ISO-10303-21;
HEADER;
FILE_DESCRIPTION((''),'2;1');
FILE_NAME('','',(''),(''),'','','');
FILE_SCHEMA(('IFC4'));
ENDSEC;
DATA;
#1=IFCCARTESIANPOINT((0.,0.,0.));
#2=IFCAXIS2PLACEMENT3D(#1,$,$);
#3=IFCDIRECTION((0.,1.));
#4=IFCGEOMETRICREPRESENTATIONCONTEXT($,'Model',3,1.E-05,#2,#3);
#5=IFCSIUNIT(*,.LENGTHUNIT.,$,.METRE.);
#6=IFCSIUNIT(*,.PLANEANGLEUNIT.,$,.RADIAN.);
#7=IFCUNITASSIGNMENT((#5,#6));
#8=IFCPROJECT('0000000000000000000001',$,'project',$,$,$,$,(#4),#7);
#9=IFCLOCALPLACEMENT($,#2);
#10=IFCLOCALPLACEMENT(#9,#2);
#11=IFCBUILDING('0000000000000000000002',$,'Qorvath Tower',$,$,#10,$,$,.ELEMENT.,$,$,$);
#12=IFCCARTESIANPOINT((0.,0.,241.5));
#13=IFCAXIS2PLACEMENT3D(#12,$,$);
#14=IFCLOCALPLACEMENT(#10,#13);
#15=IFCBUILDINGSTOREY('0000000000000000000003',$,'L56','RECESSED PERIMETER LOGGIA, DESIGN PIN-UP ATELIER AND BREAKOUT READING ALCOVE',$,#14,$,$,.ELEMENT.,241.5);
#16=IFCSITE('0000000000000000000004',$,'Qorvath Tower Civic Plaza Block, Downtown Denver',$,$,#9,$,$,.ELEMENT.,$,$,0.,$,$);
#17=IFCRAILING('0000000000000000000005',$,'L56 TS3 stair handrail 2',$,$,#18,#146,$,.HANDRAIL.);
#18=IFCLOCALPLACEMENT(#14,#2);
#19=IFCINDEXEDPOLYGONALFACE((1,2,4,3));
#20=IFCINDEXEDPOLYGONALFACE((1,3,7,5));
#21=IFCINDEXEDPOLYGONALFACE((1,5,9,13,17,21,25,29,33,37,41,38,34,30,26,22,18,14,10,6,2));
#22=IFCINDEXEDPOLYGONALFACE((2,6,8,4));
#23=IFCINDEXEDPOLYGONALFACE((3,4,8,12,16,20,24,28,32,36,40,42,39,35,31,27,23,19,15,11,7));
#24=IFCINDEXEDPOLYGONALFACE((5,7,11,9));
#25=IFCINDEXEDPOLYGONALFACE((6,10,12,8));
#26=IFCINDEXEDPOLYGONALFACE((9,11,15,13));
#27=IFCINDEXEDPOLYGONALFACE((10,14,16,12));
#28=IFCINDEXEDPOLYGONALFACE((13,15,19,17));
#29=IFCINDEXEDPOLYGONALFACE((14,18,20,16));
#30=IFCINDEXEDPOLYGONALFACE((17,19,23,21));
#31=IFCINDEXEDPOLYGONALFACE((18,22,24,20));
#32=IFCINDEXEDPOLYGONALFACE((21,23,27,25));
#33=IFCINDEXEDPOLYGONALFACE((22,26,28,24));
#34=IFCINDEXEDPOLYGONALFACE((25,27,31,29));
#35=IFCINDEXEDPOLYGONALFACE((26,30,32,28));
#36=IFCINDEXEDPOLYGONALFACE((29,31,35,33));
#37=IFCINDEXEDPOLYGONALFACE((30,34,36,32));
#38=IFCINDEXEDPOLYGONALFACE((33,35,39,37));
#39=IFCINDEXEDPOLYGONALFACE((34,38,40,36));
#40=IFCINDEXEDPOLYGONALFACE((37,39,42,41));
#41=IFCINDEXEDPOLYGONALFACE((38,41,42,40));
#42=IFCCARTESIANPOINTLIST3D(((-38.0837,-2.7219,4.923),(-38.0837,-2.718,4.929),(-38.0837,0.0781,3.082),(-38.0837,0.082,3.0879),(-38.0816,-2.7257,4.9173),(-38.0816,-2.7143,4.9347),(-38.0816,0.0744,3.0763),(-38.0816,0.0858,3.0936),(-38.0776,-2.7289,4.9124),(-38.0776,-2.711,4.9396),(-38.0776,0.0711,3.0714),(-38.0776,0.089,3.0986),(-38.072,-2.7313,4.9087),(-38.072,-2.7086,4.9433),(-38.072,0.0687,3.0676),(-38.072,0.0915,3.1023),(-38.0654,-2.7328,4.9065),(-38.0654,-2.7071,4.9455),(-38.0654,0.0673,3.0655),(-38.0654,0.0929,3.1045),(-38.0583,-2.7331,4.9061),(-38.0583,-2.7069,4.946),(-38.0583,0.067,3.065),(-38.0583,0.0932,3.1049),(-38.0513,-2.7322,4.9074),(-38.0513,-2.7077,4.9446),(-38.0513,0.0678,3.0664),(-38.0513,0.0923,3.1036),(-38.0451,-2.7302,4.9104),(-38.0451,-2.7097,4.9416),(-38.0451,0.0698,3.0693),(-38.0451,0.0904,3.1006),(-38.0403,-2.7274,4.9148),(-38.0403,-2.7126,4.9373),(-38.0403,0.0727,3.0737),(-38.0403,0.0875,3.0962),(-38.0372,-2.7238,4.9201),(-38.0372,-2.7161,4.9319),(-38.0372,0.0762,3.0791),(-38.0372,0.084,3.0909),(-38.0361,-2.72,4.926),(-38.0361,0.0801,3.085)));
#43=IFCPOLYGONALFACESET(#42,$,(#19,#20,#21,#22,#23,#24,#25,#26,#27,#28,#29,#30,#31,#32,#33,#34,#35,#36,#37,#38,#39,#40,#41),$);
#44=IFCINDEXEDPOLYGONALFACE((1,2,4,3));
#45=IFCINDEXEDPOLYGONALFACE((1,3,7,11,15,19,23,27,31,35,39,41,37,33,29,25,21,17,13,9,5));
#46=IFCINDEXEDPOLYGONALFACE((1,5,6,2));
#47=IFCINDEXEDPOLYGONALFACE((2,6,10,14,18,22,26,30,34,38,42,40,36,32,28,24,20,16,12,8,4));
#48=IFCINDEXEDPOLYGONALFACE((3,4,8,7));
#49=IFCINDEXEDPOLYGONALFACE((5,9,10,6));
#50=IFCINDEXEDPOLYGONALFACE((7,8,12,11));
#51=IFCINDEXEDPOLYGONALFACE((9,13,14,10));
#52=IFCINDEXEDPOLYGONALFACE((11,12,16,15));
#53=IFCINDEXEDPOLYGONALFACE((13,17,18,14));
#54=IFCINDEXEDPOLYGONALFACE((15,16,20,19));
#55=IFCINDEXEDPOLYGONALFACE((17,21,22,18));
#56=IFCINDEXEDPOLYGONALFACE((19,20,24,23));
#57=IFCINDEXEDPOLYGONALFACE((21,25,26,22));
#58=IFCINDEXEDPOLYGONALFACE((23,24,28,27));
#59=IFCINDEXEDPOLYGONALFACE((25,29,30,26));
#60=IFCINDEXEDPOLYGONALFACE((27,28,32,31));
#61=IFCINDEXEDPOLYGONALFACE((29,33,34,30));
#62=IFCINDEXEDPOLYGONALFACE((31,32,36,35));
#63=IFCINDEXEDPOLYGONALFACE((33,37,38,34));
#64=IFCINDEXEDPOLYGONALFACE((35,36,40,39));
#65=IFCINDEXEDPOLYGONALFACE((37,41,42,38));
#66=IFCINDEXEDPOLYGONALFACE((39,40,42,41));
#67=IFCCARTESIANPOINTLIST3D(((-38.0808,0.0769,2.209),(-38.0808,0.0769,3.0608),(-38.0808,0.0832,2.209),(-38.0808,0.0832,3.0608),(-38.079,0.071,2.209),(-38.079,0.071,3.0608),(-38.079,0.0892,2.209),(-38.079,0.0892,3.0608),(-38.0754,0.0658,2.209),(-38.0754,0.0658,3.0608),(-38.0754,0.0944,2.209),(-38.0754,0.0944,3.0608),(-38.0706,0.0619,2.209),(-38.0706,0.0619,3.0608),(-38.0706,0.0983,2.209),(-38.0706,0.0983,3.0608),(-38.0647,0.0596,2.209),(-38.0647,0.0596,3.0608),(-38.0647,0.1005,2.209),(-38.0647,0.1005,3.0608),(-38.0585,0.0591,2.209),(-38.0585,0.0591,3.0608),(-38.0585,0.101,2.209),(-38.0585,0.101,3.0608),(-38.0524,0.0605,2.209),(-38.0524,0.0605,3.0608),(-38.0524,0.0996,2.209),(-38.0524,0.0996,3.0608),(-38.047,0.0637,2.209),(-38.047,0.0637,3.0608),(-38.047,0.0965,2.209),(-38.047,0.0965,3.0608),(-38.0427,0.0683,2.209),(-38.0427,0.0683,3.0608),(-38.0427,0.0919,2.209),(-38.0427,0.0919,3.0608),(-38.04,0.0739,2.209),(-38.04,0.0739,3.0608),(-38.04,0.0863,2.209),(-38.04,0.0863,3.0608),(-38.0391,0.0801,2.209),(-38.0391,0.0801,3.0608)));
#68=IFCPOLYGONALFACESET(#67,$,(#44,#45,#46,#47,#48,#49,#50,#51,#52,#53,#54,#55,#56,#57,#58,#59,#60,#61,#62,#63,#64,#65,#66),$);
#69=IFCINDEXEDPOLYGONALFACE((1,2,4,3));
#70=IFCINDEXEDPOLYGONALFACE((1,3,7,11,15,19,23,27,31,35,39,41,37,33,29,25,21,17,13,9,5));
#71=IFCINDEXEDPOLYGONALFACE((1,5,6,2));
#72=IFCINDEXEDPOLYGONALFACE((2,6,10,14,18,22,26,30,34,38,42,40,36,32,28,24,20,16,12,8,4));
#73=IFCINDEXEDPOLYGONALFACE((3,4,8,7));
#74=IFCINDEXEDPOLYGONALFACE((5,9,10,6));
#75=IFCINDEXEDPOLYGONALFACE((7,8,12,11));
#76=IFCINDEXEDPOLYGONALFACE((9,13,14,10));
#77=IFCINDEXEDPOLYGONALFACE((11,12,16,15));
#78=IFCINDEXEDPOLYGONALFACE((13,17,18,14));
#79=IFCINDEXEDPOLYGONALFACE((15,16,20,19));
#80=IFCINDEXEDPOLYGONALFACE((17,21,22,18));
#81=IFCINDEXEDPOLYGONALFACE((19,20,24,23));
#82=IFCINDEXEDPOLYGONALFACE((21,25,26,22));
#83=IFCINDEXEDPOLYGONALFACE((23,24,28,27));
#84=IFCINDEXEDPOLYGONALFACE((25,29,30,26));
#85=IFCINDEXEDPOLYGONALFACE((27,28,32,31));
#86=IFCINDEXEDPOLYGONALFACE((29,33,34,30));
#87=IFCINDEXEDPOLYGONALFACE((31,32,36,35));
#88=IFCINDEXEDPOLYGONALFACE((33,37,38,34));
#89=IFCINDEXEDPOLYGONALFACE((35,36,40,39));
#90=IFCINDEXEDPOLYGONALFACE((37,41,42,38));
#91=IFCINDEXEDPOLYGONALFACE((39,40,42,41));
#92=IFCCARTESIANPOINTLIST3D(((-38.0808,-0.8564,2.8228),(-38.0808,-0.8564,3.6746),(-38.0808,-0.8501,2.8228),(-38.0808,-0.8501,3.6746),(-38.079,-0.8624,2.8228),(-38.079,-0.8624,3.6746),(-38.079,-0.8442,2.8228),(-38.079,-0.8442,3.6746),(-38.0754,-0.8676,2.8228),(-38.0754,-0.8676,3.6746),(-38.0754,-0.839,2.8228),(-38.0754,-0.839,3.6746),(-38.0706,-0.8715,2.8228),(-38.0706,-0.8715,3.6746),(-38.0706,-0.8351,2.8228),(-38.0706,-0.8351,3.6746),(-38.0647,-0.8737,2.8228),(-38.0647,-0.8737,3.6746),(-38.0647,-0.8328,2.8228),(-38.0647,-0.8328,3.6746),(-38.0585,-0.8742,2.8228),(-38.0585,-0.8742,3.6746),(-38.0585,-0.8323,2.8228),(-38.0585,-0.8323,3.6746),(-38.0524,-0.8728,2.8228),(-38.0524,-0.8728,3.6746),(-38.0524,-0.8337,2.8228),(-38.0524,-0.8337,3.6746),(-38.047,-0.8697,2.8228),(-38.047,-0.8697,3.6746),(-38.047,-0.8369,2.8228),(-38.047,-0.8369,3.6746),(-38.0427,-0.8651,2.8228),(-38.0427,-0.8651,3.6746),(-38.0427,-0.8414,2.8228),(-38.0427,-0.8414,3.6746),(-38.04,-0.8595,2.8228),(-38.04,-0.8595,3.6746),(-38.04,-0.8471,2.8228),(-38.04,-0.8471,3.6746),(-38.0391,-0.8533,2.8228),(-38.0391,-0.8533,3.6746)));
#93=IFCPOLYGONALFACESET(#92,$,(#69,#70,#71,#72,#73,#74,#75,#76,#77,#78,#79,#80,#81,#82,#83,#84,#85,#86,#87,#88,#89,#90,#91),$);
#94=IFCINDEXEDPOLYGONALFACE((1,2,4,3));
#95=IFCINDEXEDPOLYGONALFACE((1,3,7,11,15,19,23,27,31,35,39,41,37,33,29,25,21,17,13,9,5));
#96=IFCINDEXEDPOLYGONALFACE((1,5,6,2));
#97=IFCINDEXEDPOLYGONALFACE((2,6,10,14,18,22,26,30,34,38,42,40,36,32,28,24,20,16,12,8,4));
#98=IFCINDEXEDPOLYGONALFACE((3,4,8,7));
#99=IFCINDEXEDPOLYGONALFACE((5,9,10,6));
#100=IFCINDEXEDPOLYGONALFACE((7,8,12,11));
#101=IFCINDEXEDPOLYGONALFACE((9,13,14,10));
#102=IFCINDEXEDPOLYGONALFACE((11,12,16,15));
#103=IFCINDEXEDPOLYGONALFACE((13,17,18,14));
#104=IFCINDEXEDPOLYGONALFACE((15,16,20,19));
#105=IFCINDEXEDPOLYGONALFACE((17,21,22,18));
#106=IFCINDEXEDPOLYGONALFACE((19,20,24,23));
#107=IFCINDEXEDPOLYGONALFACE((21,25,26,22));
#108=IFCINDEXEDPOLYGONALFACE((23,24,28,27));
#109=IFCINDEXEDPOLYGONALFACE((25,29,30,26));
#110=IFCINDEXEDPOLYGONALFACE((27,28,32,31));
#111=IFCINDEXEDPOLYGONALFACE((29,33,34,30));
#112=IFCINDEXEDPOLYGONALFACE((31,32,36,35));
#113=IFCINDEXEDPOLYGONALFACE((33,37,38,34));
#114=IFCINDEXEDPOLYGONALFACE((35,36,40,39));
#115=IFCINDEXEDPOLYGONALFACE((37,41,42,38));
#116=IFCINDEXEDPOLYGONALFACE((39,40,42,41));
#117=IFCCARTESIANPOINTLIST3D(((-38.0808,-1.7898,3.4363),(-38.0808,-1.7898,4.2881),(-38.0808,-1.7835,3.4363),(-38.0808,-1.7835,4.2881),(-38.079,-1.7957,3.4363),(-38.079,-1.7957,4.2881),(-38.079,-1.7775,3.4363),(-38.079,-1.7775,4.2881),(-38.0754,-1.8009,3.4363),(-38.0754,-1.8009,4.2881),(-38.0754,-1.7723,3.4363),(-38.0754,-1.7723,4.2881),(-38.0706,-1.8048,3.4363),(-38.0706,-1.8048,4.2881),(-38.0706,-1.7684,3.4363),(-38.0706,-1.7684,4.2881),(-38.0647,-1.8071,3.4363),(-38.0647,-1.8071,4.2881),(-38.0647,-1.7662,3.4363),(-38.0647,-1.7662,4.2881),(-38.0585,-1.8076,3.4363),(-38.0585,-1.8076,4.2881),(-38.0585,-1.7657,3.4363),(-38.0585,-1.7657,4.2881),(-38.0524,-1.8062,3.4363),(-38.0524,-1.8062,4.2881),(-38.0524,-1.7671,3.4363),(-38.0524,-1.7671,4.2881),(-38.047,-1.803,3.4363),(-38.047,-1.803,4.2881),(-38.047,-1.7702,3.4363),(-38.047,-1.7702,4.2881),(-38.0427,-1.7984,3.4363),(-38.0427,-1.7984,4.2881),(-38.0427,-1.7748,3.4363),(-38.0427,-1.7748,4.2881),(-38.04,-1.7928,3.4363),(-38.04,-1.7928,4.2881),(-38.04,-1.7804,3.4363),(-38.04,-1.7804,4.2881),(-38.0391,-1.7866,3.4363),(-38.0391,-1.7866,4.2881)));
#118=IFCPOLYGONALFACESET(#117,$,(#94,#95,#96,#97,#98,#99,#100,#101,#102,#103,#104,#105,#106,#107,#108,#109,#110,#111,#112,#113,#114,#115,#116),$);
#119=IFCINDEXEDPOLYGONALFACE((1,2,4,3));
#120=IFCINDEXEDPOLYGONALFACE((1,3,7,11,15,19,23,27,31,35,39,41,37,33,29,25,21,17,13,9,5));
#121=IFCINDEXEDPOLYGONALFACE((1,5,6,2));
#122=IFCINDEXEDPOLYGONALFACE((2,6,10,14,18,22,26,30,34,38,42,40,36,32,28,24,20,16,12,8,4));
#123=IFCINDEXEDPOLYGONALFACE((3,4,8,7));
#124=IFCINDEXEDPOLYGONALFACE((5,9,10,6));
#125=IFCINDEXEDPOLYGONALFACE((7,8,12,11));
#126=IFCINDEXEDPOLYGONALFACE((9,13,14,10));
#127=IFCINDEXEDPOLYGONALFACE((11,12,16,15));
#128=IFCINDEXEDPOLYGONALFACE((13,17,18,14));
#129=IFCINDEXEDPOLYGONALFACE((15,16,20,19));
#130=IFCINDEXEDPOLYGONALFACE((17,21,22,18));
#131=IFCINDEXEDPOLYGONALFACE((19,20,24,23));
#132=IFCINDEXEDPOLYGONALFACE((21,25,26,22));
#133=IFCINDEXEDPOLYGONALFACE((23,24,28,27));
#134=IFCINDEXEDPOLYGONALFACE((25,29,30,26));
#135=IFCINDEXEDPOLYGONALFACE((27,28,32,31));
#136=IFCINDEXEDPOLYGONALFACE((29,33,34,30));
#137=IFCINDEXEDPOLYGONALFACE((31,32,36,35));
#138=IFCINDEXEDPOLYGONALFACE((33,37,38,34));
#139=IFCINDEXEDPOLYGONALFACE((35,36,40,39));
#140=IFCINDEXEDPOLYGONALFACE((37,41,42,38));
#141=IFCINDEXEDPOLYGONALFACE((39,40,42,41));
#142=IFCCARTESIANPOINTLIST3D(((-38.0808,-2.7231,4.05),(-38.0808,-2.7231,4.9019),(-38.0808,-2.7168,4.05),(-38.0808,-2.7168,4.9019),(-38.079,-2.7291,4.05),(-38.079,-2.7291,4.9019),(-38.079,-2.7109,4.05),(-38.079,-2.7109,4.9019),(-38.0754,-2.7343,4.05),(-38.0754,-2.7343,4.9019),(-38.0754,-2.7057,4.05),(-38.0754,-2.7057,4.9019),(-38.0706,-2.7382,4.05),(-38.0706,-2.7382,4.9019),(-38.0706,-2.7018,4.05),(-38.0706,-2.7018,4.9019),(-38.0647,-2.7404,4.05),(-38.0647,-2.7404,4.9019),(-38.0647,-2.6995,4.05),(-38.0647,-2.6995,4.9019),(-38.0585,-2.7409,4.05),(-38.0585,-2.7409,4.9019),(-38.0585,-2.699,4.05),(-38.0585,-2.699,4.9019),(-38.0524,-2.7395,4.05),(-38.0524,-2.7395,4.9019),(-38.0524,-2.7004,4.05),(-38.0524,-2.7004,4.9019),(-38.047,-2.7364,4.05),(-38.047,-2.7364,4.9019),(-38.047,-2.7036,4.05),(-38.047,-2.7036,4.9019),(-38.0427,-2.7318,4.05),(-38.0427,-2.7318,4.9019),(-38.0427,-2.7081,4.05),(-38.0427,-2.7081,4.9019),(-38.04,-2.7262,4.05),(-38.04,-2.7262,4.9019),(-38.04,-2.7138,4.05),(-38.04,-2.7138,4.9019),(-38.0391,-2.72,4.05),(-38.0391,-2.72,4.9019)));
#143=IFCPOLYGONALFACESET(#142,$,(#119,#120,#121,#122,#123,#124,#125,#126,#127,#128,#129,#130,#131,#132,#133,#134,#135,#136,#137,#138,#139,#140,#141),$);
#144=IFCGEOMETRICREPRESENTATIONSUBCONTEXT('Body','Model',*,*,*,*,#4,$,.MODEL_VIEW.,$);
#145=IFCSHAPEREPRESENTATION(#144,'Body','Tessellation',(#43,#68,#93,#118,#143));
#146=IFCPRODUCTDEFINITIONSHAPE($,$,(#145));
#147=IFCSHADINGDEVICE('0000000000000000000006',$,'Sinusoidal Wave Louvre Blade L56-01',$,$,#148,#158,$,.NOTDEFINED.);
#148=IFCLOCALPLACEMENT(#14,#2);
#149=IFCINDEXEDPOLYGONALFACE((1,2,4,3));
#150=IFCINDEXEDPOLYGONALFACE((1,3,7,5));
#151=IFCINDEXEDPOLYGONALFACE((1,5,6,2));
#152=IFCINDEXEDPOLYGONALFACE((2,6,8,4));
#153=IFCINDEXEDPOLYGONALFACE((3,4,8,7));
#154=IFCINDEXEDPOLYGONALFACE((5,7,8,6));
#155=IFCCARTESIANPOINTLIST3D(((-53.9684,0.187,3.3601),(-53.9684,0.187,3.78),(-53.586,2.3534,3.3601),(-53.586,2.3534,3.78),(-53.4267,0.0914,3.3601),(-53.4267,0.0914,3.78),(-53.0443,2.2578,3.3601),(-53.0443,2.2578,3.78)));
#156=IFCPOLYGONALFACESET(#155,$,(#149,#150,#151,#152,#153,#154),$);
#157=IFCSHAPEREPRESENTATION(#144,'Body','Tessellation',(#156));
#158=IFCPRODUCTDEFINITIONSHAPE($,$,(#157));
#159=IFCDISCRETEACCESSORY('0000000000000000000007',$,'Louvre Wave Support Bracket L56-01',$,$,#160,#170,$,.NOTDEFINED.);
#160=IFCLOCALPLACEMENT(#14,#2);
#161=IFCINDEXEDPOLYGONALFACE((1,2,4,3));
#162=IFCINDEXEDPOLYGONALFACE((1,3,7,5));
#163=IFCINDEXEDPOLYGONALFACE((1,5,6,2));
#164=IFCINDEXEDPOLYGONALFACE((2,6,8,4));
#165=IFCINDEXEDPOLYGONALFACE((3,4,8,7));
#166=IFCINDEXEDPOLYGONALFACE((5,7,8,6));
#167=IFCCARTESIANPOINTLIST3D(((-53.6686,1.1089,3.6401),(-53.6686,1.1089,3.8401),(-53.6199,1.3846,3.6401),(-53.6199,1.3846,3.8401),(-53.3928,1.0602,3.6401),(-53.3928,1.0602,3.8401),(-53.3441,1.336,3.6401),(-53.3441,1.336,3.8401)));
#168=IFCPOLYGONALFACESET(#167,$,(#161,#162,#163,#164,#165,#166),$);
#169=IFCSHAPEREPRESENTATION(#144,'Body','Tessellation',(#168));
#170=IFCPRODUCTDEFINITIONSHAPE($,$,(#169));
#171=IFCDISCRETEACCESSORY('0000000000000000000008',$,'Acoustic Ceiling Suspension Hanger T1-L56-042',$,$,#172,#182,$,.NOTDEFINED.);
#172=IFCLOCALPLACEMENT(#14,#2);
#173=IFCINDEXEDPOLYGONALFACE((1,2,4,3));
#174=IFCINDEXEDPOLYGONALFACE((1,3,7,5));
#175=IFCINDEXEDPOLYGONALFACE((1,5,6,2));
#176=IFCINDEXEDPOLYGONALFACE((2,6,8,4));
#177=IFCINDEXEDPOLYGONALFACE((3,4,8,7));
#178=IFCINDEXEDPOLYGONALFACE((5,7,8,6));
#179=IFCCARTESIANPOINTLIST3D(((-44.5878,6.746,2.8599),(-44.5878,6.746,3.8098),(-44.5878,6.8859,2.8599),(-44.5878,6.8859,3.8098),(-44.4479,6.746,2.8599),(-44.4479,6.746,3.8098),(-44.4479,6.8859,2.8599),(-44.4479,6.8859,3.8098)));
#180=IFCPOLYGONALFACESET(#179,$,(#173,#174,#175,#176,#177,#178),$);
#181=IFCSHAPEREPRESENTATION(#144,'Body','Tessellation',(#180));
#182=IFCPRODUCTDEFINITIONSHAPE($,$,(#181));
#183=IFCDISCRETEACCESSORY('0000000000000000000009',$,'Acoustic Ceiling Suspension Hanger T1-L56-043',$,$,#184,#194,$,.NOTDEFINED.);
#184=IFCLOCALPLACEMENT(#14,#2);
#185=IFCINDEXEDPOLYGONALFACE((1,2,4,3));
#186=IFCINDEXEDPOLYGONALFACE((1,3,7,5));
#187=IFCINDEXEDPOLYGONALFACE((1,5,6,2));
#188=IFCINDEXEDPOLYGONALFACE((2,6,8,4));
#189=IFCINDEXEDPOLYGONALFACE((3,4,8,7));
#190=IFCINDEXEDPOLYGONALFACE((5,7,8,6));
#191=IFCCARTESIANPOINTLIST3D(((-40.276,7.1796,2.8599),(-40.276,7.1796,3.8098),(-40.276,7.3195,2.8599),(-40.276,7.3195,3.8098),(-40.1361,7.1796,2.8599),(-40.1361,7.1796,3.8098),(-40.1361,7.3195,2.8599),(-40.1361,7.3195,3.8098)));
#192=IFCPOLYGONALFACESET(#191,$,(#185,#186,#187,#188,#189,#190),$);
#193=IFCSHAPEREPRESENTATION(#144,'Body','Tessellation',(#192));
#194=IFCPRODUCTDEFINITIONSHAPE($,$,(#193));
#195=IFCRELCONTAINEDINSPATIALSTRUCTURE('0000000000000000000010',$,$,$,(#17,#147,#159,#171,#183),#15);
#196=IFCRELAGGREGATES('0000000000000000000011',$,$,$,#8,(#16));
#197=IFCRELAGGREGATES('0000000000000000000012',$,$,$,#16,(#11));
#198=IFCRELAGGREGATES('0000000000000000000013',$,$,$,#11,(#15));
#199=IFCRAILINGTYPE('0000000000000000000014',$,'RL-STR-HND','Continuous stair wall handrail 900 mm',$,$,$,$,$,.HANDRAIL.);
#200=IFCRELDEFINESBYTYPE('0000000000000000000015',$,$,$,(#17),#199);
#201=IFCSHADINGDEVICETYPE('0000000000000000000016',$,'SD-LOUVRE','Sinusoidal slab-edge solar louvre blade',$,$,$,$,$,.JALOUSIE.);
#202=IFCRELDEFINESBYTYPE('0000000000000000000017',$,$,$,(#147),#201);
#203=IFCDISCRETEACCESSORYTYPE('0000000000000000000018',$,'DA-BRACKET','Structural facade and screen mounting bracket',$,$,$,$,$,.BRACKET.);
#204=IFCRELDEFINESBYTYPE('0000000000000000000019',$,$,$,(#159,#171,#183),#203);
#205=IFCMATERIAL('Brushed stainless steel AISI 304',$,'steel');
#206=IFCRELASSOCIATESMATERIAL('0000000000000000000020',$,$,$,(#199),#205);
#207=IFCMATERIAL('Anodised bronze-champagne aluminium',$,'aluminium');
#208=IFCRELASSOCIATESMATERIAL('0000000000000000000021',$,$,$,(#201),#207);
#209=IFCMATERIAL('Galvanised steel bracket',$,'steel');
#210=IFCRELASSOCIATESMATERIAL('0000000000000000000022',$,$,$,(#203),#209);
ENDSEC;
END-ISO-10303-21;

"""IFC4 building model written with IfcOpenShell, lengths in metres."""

from ifc_helpers import new_model, si_unit, direction, frame, origin, origin_2d, place, context, subcontext, project, spatial, rectangle, circle, extrude, material, type_object, element, save


model = new_model("IFC4")

# Units and contexts
model_context = context("Model", 3, precision=1e-05, world=origin(), true_north=direction((0.0, 1.0)))
body_context = subcontext(model_context, "Body", "Model", "MODEL_VIEW")
ifc_project = project(units=[si_unit("LENGTHUNIT", "METRE"), si_unit("PLANEANGLEUNIT", "RADIAN")], contexts=[model_context])

# Site, building, storey
site_placement = place(None, origin())
site = spatial("IfcSite", under=ifc_project, at=site_placement, Name="Qorvath Tower Civic Plaza Block, Downtown Denver", CompositionType="ELEMENT", RefElevation=0.0)
building_placement = place(site_placement, origin())
building = spatial("IfcBuilding", under=site, at=building_placement, Name="Qorvath Tower", CompositionType="ELEMENT")
storey_placement = place(building_placement, frame((0.0, 0.0, 241.5)))
storey = spatial("IfcBuildingStorey", under=building, at=storey_placement, Name="L56", Description="RECESSED PERIMETER LOGGIA, DESIGN PIN-UP ATELIER AND BREAKOUT READING ALCOVE", CompositionType="ELEMENT", Elevation=241.5)

# Railing
ifc_material_1 = material(Name="Brushed stainless steel AISI 304", Category="steel")
railing_type = type_object("IfcRailingType", Name="RL-STR-HND", Description="Continuous stair wall handrail 900 mm", PredefinedType="HANDRAIL", material=ifc_material_1)
railing_placement = place(storey_placement, frame((-38.0601, 0.0801, 2.209)))
element("IfcRailing", 1, at=railing_placement, inside=storey, type_object=railing_type, Name="L56 TS3 stair handrail 2", PredefinedType="HANDRAIL", context=body_context, shape_type="SweptSolid", body=[
    extrude(circle(Radius=0.0239, at=origin_2d()), frame((0.0, 0.0, 0.876), z_axis=(0.0, -0.835564, 0.549393), x_axis=(1.0, 0.0, 0.0)), (0.0, 0.0, 1.0), 3.3511),
    extrude(circle(Radius=0.021, at=origin_2d()), origin(), (0.0, 0.0, 1.0), 0.8518),
    extrude(circle(Radius=0.021, at=origin_2d()), frame((0.0, -0.9333, 0.6138)), (0.0, 0.0, 1.0), 0.8518),
    extrude(circle(Radius=0.021, at=origin_2d()), frame((0.0, -1.8667, 1.2273)), (0.0, 0.0, 1.0), 0.8518),
    extrude(circle(Radius=0.021, at=origin_2d()), frame((0.0, -2.8, 1.8411)), (0.0, 0.0, 1.0), 0.8518),
])

# Shading device
ifc_material_2 = material(Name="Anodised bronze-champagne aluminium", Category="aluminium")
shading_device_type = type_object("IfcShadingDeviceType", Name="SD-LOUVRE", Description="Sinusoidal slab-edge solar louvre blade", PredefinedType="JALOUSIE", material=ifc_material_2)
shading_device_placement = place(storey_placement, frame((-53.5063, 1.2224, 3.3601), z_axis=(0.0, 0.0, 1.0), x_axis=(-0.173803, -0.98478, 0.0)))
element("IfcShadingDevice", 2, at=shading_device_placement, inside=storey, type_object=shading_device_type, Name="Sinusoidal Wave Louvre Blade L56-01", PredefinedType="NOTDEFINED", context=body_context, shape_type="SweptSolid", body=[
    extrude(rectangle(XDim=2.2, YDim=0.55, at=origin_2d()), origin(), (0.0, 0.0, 1.0), 0.4199),
])

# Discrete accessories
ifc_material_3 = material(Name="Galvanised steel bracket", Category="steel")
discrete_accessory_type = type_object("IfcDiscreteAccessoryType", Name="DA-BRACKET", Description="Structural facade and screen mounting bracket", PredefinedType="BRACKET", material=ifc_material_3)
discrete_accessory_placement = place(storey_placement, frame((-53.5063, 1.2224, 3.6401), z_axis=(0.0, 0.0, 1.0), x_axis=(-0.173803, -0.98478, 0.0)))
element("IfcDiscreteAccessory", 3, at=discrete_accessory_placement, inside=storey, type_object=discrete_accessory_type, Name="Louvre Wave Support Bracket L56-01", PredefinedType="NOTDEFINED", context=body_context, shape_type="SweptSolid", body=[
    extrude(rectangle(XDim=0.28, YDim=0.28, at=origin_2d()), origin(), (0.0, 0.0, 1.0), 0.2),
])
for number, where, z_axis, x_axis, name in (
    (4, (-44.5178, 6.8159, 2.8599), (0.0, 0.0, 1.0), (1.0, 0.0, 0.0), "Acoustic Ceiling Suspension Hanger T1-L56-042"),
    (5, (-40.2061, 7.2495, 2.8599), (0.0, 0.0, 1.0), (1.0, 0.0, 0.0), "Acoustic Ceiling Suspension Hanger T1-L56-043"),
):
    element("IfcDiscreteAccessory", number, at=place(storey_placement, frame(where, z_axis=z_axis, x_axis=x_axis)), inside=storey, type_object=discrete_accessory_type, Name=name, PredefinedType="NOTDEFINED", context=body_context, shape_type="SweptSolid", body=[
        extrude(rectangle(XDim=0.1399, YDim=0.1399, at=origin_2d()), origin(), (0.0, 0.0, 1.0), 0.95),
    ])

save(model, "model.ifc")
